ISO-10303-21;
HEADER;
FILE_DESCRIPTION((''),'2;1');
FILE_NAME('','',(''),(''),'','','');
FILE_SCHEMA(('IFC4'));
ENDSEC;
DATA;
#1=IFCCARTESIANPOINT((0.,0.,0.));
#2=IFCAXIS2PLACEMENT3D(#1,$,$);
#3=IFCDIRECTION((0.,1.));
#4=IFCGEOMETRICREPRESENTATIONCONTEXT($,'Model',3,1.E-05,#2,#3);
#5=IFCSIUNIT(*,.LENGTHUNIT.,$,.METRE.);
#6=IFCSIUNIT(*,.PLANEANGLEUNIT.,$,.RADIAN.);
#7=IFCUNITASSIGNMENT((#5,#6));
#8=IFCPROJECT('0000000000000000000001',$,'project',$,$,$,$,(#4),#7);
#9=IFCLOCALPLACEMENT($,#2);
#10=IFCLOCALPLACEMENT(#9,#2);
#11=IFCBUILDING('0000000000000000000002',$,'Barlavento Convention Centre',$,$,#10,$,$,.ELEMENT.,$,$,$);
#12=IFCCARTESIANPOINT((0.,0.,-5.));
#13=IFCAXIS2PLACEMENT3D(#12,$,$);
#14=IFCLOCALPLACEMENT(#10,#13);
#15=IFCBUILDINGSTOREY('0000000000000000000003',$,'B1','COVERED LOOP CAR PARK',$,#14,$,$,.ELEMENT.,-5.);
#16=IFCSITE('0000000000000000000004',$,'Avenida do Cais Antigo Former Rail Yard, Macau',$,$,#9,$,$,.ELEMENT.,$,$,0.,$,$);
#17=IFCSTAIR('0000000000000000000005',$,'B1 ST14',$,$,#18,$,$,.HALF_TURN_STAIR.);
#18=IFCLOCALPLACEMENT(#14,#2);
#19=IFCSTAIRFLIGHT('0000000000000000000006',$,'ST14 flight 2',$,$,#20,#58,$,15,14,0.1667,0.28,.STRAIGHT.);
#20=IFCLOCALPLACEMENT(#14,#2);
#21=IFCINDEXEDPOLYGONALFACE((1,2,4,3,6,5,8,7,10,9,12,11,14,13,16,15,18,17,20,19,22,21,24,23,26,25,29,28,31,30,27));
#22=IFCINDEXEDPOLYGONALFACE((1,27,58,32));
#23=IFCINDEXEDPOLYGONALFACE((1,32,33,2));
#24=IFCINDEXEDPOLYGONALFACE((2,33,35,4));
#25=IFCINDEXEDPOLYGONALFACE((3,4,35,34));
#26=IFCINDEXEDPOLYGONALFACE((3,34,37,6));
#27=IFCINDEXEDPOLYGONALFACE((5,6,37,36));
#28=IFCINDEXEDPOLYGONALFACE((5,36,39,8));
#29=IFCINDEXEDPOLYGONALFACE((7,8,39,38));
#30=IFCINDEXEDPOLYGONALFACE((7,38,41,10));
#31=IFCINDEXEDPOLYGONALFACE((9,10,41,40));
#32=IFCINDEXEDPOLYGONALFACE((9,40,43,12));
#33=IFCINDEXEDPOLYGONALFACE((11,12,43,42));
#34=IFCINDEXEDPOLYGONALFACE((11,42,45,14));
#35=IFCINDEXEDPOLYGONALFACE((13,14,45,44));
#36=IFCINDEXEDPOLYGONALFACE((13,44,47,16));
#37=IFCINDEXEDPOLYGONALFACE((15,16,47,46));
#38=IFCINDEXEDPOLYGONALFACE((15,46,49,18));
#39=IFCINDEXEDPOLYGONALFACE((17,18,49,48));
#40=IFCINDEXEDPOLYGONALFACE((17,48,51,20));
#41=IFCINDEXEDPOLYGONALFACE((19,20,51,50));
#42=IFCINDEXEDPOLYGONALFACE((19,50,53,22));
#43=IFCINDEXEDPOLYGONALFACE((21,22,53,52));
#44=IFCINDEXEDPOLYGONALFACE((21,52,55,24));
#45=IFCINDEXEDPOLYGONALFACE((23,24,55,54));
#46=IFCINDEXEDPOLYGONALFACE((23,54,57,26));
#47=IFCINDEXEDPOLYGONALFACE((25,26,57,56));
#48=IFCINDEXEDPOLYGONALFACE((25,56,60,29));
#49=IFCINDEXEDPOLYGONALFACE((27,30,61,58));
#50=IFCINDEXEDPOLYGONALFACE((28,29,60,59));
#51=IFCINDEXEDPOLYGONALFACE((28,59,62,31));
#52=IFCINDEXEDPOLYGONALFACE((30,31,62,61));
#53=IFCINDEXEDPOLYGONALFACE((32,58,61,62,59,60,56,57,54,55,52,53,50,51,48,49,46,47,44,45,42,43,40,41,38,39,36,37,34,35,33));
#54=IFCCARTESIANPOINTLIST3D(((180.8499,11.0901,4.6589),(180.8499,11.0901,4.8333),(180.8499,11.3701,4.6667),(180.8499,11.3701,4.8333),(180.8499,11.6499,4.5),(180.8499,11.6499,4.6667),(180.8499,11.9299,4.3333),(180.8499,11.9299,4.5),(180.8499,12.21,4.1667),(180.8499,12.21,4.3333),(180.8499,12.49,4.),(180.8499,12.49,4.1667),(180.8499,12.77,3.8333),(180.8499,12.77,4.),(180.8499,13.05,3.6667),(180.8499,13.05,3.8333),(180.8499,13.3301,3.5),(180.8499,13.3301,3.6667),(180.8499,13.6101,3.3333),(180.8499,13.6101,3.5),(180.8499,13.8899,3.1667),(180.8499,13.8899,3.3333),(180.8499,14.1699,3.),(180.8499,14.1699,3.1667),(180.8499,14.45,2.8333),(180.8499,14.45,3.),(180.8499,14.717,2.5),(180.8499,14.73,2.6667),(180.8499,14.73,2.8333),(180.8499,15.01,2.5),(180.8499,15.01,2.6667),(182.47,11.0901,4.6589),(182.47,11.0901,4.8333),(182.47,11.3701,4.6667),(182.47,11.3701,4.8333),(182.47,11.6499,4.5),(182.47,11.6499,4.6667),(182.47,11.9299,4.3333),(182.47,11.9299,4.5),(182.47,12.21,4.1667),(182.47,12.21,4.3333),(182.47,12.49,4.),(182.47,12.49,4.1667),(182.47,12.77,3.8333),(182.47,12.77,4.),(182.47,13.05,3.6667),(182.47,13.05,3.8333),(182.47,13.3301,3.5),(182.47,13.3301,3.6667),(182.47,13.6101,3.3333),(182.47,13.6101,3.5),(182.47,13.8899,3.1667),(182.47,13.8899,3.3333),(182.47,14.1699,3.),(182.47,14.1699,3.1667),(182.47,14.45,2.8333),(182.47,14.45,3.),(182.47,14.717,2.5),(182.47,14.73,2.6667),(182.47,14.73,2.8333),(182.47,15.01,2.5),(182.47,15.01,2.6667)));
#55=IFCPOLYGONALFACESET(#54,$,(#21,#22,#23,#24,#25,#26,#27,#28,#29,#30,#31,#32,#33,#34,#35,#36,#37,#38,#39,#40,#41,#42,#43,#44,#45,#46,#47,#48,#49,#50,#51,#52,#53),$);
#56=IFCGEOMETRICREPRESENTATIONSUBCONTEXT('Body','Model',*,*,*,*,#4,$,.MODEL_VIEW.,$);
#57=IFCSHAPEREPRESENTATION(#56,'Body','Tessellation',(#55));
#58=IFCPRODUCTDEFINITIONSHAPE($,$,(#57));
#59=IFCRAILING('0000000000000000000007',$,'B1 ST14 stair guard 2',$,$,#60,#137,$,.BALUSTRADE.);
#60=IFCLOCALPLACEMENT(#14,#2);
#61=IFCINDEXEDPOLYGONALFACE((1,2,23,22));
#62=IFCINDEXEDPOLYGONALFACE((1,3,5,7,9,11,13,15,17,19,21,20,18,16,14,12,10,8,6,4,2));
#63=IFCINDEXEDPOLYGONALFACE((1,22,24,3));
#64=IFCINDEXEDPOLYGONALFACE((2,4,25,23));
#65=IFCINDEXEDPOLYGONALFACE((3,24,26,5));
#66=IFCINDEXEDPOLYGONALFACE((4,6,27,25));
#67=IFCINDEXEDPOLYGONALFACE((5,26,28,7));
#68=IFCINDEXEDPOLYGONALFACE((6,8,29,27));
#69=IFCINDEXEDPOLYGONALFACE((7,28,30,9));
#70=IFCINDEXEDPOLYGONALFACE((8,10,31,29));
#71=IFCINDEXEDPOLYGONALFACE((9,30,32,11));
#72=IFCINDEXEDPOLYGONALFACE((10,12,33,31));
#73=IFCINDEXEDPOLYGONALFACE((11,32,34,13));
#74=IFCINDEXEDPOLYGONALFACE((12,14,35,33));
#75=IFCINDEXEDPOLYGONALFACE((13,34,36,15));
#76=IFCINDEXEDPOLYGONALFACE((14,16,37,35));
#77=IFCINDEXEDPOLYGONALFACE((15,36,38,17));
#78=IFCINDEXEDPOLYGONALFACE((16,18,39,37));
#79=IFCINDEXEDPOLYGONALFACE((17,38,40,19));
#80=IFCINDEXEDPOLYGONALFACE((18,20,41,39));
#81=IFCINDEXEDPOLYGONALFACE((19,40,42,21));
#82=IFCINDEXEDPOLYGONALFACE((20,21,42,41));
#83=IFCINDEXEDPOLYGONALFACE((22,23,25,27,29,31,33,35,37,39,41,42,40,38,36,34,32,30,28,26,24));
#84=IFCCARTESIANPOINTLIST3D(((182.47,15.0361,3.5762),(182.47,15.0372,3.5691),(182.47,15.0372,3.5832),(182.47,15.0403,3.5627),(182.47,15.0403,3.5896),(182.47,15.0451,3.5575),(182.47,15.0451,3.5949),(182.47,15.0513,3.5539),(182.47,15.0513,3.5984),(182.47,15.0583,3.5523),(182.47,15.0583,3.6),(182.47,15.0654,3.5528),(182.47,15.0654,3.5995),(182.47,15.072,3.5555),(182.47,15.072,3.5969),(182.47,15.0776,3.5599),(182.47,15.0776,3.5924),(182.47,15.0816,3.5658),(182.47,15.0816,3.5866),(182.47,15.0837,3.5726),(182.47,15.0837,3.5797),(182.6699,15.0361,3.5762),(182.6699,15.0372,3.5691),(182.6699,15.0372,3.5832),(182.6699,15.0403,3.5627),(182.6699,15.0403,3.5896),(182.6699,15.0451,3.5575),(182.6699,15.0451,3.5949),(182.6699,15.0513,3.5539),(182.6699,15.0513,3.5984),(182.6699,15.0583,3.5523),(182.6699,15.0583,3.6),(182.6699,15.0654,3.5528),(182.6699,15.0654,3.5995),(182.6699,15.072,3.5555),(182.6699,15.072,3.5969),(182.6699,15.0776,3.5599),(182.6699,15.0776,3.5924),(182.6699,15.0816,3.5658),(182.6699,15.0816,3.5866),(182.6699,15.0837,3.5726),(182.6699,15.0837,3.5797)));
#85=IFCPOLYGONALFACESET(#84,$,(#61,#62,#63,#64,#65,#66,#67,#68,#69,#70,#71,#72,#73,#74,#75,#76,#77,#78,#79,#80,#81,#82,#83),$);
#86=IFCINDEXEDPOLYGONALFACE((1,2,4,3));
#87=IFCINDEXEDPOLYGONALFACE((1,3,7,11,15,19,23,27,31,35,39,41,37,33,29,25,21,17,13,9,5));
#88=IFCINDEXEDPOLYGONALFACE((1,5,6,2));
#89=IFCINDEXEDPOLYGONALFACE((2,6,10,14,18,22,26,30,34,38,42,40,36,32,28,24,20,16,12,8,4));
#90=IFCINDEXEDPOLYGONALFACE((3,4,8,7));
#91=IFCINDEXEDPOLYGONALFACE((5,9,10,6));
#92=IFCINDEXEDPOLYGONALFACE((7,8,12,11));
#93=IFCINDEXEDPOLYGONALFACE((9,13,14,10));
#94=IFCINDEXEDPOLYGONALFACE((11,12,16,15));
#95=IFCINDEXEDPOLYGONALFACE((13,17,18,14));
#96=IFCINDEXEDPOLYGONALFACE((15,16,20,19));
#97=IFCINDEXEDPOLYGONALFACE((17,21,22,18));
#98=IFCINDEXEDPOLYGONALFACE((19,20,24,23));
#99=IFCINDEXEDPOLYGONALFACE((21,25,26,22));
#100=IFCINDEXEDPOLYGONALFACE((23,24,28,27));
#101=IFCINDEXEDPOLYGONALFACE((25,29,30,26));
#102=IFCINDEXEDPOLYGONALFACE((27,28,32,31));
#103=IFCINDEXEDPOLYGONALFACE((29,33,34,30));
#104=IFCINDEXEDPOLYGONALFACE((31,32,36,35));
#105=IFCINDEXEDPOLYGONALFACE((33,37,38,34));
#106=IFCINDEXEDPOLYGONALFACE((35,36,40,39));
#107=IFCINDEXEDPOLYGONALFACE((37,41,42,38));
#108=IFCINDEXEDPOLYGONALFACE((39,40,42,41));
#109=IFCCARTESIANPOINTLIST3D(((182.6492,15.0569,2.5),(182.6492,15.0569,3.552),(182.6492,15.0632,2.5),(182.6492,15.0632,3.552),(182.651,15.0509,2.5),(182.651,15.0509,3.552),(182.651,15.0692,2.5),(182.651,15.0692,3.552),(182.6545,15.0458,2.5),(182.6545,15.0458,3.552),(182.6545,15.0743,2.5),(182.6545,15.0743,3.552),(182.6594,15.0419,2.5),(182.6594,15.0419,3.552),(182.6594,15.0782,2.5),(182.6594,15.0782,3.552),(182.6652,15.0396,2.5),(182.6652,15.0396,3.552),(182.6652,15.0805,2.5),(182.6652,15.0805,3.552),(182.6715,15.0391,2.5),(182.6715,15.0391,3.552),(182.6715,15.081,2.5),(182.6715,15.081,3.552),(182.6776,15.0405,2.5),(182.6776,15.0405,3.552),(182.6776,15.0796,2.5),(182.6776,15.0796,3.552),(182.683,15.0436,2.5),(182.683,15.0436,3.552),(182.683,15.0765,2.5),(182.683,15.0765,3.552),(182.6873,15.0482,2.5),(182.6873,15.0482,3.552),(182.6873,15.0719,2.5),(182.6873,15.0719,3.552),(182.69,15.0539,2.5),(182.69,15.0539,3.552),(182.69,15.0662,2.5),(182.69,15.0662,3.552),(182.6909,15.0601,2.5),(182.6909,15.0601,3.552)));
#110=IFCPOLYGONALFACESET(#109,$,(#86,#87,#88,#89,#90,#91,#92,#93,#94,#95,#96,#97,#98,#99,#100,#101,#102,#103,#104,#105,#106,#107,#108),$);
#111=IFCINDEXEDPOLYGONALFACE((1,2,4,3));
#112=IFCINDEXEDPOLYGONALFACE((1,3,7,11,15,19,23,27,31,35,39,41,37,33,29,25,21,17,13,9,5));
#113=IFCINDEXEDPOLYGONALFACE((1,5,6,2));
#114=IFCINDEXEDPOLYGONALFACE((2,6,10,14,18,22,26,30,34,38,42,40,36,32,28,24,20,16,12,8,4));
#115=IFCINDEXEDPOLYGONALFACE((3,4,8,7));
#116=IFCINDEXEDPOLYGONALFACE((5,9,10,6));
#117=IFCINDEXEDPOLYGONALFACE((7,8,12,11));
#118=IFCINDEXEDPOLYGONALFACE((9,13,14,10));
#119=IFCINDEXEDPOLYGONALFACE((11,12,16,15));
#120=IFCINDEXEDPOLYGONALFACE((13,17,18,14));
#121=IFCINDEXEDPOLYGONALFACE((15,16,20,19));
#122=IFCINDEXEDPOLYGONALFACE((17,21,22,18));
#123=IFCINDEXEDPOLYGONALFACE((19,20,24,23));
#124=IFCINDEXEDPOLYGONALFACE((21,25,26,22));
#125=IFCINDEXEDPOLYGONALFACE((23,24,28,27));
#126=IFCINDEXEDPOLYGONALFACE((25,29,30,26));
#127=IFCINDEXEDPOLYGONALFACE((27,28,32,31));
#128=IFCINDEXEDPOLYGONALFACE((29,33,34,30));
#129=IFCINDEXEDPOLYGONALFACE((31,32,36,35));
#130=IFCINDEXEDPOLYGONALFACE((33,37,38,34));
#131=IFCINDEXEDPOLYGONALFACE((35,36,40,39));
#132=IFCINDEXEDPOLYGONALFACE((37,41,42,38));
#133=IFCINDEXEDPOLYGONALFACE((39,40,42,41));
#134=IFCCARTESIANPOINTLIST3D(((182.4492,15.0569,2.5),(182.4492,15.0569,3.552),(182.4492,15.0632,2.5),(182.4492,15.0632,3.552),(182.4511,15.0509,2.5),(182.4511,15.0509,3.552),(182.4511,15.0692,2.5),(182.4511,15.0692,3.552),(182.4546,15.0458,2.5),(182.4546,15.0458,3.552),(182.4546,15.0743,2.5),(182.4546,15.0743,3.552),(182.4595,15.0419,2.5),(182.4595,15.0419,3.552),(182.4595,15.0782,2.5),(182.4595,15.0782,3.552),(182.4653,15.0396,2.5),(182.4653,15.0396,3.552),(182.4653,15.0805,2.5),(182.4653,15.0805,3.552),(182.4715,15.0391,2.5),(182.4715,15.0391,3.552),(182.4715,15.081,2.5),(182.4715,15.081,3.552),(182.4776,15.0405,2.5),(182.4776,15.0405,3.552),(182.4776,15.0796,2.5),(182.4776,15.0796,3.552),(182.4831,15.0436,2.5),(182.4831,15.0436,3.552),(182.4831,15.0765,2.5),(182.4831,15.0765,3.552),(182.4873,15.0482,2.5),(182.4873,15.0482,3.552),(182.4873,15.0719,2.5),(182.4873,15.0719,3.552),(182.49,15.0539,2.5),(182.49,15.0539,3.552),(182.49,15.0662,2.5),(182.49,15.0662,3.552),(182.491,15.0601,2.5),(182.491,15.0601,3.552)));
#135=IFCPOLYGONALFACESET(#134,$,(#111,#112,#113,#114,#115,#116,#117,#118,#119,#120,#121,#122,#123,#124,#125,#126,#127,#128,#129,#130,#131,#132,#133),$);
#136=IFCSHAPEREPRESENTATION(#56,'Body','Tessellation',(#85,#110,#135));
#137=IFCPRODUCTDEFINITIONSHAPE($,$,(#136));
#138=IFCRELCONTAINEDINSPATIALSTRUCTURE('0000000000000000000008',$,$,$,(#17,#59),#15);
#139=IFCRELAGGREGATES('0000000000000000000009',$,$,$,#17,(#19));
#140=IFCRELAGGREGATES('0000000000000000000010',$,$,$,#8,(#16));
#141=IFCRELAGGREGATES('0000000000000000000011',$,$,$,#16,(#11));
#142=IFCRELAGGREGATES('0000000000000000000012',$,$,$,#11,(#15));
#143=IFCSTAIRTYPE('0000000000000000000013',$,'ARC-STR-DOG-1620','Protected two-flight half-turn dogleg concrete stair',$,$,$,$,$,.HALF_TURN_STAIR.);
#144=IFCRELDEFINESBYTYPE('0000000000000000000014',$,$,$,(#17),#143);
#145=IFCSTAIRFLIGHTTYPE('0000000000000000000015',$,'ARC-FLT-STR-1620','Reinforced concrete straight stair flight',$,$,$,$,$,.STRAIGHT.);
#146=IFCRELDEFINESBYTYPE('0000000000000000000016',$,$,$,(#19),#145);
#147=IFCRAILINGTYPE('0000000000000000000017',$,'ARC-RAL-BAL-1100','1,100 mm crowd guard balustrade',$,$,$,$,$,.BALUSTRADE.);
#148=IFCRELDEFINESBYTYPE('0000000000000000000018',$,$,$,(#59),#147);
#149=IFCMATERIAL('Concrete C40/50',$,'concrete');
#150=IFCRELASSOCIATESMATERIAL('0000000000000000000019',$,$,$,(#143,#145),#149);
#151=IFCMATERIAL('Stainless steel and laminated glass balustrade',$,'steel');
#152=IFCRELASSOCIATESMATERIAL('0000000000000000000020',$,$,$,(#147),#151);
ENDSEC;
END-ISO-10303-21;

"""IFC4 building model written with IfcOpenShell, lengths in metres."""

from ifc_helpers import new_model, si_unit, direction, frame, origin, origin_2d, place, context, subcontext, project, spatial, polyline, circle, outline, extrude, material, type_object, element, aggregate, save


model = new_model("IFC4")

# Units and contexts
model_context = context("Model", 3, precision=1e-05, world=origin(), true_north=direction((0.0, 1.0)))
body_context = subcontext(model_context, "Body", "Model", "MODEL_VIEW")
ifc_project = project(units=[si_unit("LENGTHUNIT", "METRE"), si_unit("PLANEANGLEUNIT", "RADIAN")], contexts=[model_context])

# Site, building, storey
site_placement = place(None, origin())
site = spatial("IfcSite", under=ifc_project, at=site_placement, Name="Avenida do Cais Antigo Former Rail Yard, Macau", CompositionType="ELEMENT", RefElevation=0.0)
building_placement = place(site_placement, origin())
building = spatial("IfcBuilding", under=site, at=building_placement, Name="Barlavento Convention Centre", CompositionType="ELEMENT")
storey_placement = place(building_placement, frame((0.0, 0.0, -5.0)))
storey = spatial("IfcBuildingStorey", under=building, at=storey_placement, Name="B1", Description="COVERED LOOP CAR PARK", CompositionType="ELEMENT", Elevation=-5.0)

# Shared definitions
ifc_material_1 = material(Name="Concrete C40/50", Category="concrete")

# Stair, stair flight
stair_type = type_object("IfcStairType", Name="ARC-STR-DOG-1620", Description="Protected two-flight half-turn dogleg concrete stair", PredefinedType="HALF_TURN_STAIR", material=ifc_material_1)
stair_placement = place(storey_placement, origin())
stair = element("IfcStair", 1, at=stair_placement, inside=storey, type_object=stair_type, Name="B1 ST14", PredefinedType="HALF_TURN_STAIR")
stair_flight_type = type_object("IfcStairFlightType", Name="ARC-FLT-STR-1620", Description="Reinforced concrete straight stair flight", PredefinedType="STRAIGHT", material=ifc_material_1)
stair_flight_placement = place(storey_placement, frame((181.6599, 15.01, 2.5), z_axis=(0.0, 0.0, 1.0), x_axis=(0.0, -1.0, 0.0)))
stair_flight = element("IfcStairFlight", 2, at=stair_flight_placement, type_object=stair_flight_type, Name="ST14 flight 2", NumberOfRisers=15, NumberOfTreads=14, PredefinedType="STRAIGHT", RiserHeight=0.1667, TreadLength=0.28, context=body_context, shape_type="SweptSolid", body=[
    extrude(outline(polyline([(0.0, 0.0), (0.0, 0.1667), (0.28, 0.1667), (0.28, 0.3333), (0.5601, 0.3333), (0.5601, 0.5), (0.8401, 0.5), (0.8401, 0.6667), (1.1201, 0.6667), (1.1201, 0.8333), (1.3999, 0.8333), (1.3999, 1.0), (1.6799, 1.0), (1.6799, 1.1667), (1.96, 1.1667), (1.96, 1.3333), (2.24, 1.3333), (2.24, 1.5), (2.52, 1.5), (2.52, 1.6667), (2.8, 1.6667), (2.8, 1.8333), (3.0801, 1.8333), (3.0801, 2.0), (3.3601, 2.0), (3.3601, 2.1667), (3.6399, 2.1667), (3.6399, 2.3333), (3.9199, 2.3333), (3.9199, 2.5), (3.9199, 2.1589), (0.293, 0.0), (0.0, 0.0)])), frame((0.0, 0.8101, 0.0), z_axis=(0.0, -1.0, 0.0), x_axis=(1.0, 0.0, 0.0)), (0.0, 0.0, 1.0), 1.6201),
])
aggregate(stair, [stair_flight])

# Railing
ifc_material_2 = material(Name="Stainless steel and laminated glass balustrade", Category="steel")
railing_type_1 = type_object("IfcRailingType", Name="ARC-RAL-BAL-1100", Description="1,100 mm crowd guard balustrade", PredefinedType="BALUSTRADE", material=ifc_material_2)
railing_1_placement = place(storey_placement, frame((182.6699, 15.0601, 2.5)))
element("IfcRailing", 3, at=railing_1_placement, inside=storey, type_object=railing_type_1, Name="B1 ST14 stair guard 2", PredefinedType="BALUSTRADE", context=body_context, shape_type="SweptSolid", body=[
    extrude(circle(Radius=0.0239, at=origin_2d()), frame((0.0, 0.0, 1.0762), z_axis=(-1.0, 0.0, 0.0), x_axis=(0.0, -1.0, 0.0)), (0.0, 0.0, 1.0), 0.2),
    extrude(circle(Radius=0.021, at=origin_2d()), origin(), (0.0, 0.0, 1.0), 1.052),
    extrude(circle(Radius=0.021, at=origin_2d()), frame((-0.2, 0.0, 0.0)), (0.0, 0.0, 1.0), 1.052),
])

save(model, "model.ifc")
